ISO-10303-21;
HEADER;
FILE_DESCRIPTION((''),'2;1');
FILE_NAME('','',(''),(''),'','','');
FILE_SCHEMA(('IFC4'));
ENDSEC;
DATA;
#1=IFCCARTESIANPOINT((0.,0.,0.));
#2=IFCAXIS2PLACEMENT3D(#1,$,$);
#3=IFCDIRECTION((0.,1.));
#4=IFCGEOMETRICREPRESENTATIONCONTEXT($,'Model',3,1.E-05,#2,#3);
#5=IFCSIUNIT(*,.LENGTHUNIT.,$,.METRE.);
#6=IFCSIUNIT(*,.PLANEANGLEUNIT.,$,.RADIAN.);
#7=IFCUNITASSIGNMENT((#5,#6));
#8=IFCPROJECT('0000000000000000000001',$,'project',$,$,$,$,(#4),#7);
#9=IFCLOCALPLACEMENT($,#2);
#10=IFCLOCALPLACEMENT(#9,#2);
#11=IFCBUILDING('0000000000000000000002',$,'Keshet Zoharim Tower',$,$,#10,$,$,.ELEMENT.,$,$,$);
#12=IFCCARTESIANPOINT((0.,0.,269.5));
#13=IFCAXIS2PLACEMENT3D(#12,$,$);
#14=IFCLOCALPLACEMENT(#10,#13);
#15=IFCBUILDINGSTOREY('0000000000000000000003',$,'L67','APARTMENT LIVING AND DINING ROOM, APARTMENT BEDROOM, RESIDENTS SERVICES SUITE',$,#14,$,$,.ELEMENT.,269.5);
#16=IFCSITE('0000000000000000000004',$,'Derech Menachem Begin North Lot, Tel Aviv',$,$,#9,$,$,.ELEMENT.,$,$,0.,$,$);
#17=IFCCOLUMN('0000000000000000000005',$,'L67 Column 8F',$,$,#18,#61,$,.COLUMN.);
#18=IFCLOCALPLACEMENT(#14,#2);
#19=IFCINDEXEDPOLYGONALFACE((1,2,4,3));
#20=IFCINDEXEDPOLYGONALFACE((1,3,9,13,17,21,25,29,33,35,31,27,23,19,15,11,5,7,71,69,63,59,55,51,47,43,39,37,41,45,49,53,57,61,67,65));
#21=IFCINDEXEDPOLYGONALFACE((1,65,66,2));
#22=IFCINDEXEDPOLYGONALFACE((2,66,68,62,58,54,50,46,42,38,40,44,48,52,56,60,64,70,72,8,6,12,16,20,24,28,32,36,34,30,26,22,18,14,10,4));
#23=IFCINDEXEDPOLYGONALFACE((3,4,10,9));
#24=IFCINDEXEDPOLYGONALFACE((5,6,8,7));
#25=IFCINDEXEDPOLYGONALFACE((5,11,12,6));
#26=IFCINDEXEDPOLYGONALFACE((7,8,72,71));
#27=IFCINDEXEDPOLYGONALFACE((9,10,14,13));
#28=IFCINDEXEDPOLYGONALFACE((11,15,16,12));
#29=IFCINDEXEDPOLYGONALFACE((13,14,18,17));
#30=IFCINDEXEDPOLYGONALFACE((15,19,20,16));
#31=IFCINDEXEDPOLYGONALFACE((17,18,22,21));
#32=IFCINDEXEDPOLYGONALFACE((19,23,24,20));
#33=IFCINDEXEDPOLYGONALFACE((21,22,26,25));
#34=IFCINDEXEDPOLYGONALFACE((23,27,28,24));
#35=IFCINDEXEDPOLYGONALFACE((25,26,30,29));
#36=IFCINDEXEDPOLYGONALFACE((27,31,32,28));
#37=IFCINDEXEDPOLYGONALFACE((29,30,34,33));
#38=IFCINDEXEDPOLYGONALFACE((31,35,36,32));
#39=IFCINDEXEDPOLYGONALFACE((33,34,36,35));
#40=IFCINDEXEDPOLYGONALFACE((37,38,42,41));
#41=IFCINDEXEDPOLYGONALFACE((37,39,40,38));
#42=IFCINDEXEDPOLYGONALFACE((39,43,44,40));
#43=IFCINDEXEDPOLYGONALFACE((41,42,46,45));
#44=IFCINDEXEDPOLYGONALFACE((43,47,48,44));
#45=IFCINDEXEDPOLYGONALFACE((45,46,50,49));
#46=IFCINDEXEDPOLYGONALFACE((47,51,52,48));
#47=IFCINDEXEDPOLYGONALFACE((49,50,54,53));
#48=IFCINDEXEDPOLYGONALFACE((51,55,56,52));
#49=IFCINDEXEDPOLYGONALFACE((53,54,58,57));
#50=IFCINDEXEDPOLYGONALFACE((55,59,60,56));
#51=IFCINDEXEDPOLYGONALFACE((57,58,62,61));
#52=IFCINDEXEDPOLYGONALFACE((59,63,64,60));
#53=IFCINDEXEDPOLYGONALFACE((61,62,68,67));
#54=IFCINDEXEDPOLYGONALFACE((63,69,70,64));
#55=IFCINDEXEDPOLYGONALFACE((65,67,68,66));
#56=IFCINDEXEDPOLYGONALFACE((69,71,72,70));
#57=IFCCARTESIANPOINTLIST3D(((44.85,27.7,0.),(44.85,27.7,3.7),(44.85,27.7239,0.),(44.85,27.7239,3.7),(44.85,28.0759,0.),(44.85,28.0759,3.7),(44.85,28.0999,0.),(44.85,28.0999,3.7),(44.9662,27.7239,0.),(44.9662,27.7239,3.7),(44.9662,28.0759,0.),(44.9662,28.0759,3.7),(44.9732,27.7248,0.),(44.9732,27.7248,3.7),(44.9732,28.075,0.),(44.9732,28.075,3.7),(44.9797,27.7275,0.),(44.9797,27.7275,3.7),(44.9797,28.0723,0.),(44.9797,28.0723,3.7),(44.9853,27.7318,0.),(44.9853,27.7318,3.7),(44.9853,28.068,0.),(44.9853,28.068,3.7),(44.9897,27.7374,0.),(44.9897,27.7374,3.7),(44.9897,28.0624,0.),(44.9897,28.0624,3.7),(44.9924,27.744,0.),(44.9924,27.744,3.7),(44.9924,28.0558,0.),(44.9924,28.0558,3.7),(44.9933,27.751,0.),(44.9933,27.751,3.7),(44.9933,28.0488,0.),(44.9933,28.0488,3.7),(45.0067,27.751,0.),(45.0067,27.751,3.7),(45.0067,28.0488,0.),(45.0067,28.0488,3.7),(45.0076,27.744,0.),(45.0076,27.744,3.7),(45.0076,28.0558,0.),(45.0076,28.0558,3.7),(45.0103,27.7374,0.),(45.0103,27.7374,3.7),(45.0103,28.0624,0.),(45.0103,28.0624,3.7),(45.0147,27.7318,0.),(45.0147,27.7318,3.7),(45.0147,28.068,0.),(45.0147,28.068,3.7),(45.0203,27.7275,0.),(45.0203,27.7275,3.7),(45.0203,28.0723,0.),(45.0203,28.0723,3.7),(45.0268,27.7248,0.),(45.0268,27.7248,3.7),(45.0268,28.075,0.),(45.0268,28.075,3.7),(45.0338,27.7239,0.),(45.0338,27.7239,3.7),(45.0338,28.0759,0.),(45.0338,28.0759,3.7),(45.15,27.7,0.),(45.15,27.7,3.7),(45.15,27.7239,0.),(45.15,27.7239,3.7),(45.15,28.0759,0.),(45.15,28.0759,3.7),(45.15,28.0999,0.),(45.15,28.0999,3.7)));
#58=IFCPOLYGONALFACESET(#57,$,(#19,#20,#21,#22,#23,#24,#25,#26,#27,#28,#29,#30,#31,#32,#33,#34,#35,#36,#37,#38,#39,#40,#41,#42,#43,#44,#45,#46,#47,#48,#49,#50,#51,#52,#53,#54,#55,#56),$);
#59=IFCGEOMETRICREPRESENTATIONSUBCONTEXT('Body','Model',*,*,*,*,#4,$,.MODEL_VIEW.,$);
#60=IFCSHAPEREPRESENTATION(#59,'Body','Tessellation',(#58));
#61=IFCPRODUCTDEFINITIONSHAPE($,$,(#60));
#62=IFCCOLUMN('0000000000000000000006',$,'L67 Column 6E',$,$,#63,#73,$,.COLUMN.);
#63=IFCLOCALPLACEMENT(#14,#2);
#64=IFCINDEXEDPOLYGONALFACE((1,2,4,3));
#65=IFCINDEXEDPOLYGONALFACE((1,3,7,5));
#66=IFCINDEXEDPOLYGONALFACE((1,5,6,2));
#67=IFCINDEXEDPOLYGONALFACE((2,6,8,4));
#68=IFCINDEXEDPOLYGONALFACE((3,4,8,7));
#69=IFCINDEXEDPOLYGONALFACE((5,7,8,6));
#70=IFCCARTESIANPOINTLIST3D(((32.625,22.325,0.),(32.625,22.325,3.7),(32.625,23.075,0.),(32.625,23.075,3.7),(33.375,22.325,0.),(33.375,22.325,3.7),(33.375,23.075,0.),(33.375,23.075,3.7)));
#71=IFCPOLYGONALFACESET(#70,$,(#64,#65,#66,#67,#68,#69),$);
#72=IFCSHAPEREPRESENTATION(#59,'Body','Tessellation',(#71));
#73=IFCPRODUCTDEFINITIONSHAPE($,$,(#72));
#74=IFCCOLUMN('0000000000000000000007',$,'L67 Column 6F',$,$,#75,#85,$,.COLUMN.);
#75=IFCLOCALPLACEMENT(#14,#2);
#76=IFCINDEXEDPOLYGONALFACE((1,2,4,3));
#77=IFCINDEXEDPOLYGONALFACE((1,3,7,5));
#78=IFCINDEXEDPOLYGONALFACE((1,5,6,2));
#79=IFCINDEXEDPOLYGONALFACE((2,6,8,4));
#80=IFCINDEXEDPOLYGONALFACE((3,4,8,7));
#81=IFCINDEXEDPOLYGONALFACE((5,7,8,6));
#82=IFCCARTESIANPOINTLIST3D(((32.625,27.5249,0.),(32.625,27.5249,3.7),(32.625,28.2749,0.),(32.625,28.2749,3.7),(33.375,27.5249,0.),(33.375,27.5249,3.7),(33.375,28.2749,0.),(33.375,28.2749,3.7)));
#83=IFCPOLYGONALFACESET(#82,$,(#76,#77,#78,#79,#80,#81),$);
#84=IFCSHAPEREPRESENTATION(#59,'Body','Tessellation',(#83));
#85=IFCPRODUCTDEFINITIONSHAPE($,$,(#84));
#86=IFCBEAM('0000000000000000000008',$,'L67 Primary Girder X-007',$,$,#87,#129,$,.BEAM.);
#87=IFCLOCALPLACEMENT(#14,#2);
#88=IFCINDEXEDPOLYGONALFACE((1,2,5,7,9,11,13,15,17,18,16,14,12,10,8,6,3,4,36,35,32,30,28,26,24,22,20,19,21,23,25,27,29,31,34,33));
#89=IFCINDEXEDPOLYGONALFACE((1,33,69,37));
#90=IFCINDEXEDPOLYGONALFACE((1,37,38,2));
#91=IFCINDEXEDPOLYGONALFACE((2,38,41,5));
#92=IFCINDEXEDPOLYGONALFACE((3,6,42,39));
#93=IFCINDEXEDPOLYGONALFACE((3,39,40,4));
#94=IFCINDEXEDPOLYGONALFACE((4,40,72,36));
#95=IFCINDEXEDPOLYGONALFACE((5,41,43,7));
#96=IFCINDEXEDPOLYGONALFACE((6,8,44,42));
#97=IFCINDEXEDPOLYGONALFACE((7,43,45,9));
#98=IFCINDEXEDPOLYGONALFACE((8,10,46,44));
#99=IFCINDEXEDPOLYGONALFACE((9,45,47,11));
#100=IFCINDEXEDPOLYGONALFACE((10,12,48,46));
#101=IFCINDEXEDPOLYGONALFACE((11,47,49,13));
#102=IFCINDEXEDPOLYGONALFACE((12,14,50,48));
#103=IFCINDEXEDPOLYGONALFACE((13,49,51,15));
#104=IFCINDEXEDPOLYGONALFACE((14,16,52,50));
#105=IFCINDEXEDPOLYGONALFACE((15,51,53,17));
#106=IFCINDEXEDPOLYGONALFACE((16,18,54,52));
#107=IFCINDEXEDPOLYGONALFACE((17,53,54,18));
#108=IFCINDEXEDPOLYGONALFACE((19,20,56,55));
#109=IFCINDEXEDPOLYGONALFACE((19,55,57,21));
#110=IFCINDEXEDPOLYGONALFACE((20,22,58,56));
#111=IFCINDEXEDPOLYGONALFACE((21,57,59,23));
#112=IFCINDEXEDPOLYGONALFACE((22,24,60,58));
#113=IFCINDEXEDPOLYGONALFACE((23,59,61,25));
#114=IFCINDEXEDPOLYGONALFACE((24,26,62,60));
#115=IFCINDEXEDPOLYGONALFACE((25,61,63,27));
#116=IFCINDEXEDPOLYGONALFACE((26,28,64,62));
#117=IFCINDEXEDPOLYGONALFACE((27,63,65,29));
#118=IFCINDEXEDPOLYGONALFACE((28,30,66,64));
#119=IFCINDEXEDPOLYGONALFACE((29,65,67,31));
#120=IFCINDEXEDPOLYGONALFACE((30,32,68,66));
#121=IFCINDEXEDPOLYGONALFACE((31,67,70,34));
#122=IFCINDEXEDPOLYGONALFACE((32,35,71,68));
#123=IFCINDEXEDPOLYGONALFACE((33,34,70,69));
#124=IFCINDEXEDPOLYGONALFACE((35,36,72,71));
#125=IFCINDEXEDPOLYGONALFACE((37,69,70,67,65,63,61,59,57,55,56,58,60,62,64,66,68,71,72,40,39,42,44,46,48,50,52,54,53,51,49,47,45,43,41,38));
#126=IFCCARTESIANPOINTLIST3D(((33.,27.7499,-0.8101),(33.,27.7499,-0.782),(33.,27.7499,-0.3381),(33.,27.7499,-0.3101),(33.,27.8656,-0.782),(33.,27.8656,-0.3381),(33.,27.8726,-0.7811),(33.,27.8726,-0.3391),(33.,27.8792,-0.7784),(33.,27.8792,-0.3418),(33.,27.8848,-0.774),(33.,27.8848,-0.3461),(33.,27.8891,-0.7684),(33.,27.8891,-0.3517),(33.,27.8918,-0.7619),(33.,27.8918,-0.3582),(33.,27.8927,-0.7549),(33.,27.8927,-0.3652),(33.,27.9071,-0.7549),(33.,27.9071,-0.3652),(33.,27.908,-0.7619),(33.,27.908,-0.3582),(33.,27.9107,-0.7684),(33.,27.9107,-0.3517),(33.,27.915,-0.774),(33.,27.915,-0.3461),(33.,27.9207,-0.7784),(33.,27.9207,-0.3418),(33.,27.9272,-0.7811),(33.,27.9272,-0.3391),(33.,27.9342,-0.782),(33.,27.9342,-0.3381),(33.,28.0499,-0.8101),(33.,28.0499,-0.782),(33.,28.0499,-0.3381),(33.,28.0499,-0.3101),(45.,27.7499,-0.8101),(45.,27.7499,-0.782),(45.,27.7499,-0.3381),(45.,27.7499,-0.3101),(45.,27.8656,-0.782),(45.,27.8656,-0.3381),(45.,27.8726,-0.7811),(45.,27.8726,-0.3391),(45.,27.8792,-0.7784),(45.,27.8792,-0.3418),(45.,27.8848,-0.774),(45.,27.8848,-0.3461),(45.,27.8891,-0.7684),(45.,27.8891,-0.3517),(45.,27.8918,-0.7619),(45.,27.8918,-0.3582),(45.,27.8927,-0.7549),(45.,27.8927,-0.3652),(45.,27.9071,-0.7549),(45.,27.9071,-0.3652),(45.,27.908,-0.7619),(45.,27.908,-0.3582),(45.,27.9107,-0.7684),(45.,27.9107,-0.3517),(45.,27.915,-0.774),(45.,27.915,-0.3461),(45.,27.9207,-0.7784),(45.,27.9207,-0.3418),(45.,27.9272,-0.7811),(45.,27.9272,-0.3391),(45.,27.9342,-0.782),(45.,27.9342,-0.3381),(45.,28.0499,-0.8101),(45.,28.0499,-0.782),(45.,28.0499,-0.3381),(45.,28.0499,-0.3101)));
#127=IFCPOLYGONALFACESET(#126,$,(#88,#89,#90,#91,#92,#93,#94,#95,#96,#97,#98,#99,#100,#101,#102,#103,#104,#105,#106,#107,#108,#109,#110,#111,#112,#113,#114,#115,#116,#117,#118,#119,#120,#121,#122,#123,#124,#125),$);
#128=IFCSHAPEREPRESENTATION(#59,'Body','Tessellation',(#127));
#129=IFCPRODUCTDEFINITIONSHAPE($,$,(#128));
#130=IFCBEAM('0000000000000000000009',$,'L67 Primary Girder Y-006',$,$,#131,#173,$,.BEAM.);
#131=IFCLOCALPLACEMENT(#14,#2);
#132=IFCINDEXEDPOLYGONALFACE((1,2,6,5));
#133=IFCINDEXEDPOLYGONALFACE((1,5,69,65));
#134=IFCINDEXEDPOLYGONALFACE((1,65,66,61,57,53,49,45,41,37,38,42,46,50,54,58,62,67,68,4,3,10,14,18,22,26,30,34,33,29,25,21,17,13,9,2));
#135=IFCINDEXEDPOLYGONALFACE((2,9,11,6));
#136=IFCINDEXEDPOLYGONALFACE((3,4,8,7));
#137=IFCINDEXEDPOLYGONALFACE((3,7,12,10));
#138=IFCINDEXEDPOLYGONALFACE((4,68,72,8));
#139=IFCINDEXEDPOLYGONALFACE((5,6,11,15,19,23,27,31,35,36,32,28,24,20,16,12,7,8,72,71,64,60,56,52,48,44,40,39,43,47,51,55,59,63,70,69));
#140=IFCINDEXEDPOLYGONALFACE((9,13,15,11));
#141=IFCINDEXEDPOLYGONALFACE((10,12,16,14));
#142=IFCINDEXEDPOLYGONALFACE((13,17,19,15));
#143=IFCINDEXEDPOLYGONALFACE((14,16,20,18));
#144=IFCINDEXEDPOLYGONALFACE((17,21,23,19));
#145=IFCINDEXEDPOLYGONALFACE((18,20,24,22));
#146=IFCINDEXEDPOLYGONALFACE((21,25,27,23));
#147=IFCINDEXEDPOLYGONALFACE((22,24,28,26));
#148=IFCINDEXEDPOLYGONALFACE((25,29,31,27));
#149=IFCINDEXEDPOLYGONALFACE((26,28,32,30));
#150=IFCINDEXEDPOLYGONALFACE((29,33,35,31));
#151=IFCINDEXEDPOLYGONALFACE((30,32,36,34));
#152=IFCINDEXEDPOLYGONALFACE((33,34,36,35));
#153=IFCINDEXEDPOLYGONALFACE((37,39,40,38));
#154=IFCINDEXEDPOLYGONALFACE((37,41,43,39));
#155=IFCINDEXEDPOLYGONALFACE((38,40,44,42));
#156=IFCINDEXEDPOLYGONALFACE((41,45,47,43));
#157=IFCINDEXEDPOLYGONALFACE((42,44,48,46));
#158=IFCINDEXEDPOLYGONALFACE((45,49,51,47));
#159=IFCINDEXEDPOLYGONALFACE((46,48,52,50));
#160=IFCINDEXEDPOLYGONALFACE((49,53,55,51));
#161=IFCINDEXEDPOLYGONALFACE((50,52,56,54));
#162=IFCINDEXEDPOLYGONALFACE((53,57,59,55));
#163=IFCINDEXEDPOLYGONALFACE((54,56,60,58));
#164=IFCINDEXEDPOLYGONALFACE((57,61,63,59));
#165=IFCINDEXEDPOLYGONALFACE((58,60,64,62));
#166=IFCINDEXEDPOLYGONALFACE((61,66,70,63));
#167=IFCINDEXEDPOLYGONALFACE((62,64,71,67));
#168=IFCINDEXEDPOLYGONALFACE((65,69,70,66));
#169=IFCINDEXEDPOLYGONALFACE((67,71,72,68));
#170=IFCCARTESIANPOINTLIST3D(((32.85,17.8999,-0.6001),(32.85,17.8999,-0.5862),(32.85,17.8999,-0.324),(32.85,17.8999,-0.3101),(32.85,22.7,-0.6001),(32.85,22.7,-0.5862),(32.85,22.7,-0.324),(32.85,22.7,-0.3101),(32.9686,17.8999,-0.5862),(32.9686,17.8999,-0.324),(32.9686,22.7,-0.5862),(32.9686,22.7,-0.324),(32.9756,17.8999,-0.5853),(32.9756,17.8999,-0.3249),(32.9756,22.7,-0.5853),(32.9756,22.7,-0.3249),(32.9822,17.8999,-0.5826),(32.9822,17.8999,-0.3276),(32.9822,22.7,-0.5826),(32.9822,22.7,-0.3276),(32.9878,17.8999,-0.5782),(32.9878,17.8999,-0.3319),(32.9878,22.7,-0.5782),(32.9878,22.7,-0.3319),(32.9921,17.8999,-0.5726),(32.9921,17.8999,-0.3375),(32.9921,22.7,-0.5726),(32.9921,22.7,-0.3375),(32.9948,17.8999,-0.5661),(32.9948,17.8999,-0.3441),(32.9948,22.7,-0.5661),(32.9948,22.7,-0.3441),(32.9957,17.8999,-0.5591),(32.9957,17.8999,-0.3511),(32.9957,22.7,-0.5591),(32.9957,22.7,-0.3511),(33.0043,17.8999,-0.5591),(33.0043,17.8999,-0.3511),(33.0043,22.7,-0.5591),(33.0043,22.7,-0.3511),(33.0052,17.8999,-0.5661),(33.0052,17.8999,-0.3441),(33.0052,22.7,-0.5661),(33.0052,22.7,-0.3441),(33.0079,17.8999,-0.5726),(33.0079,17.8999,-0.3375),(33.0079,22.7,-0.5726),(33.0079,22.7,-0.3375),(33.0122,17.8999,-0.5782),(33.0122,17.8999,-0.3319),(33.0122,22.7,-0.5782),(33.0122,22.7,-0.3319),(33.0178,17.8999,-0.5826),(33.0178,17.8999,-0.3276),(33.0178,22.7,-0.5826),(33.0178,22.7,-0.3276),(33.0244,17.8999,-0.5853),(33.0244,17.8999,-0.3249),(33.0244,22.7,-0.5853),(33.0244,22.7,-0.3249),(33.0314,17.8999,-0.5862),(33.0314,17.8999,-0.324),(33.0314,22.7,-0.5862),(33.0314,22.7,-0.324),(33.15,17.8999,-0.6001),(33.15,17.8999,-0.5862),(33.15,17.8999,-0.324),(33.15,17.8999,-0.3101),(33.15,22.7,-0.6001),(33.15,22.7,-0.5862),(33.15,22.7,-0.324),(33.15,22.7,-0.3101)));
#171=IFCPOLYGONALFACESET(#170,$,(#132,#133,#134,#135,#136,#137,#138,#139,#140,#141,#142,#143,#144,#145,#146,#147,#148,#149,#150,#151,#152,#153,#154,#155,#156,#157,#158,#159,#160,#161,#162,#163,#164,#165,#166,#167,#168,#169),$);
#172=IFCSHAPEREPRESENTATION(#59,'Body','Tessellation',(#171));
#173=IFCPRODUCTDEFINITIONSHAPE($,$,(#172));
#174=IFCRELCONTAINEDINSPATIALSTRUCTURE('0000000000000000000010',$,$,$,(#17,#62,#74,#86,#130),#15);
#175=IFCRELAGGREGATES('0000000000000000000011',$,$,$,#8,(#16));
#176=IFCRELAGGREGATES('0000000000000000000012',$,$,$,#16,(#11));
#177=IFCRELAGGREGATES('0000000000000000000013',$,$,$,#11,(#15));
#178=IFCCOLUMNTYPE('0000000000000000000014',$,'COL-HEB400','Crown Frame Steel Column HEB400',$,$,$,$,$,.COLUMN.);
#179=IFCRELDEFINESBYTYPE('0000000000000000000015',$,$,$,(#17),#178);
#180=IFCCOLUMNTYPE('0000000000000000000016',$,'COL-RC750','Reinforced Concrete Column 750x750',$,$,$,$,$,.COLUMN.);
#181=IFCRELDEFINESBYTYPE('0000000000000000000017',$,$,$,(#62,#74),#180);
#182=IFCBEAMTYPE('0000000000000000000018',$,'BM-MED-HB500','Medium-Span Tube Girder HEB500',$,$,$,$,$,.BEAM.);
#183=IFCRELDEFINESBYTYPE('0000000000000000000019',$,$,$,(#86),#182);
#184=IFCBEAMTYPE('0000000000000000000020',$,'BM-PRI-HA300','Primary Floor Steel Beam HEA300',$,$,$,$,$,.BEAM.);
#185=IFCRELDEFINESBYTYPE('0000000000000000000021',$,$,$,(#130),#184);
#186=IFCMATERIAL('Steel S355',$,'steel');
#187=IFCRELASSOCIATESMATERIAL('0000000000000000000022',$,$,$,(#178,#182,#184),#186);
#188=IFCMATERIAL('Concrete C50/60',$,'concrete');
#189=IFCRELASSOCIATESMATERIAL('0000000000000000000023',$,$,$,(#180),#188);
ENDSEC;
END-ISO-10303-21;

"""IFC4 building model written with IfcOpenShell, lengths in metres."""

from ifc_helpers import new_model, si_unit, direction, frame, origin, origin_2d, place, context, subcontext, project, spatial, rectangle, i_section, extrude, material, material_profile, profile_set, type_object, element, save


model = new_model("IFC4")

# Units and contexts
model_context = context("Model", 3, precision=1e-05, world=origin(), true_north=direction((0.0, 1.0)))
body_context = subcontext(model_context, "Body", "Model", "MODEL_VIEW")
ifc_project = project(units=[si_unit("LENGTHUNIT", "METRE"), si_unit("PLANEANGLEUNIT", "RADIAN")], contexts=[model_context])

# Site, building, storey
site_placement = place(None, origin())
site = spatial("IfcSite", under=ifc_project, at=site_placement, Name="Derech Menachem Begin North Lot, Tel Aviv", CompositionType="ELEMENT", RefElevation=0.0)
building_placement = place(site_placement, origin())
building = spatial("IfcBuilding", under=site, at=building_placement, Name="Keshet Zoharim Tower", CompositionType="ELEMENT")
storey_placement = place(building_placement, frame((0.0, 0.0, 269.5)))
storey = spatial("IfcBuildingStorey", under=building, at=storey_placement, Name="L67", Description="APARTMENT LIVING AND DINING ROOM, APARTMENT BEDROOM, RESIDENTS SERVICES SUITE", CompositionType="ELEMENT", Elevation=269.5)

# Columns
ifc_material_1 = material(Name="Steel S355", Category="steel")
ifc_material_profile_1 = material_profile(ifc_material_1, i_section(OverallWidth=0.3, OverallDepth=0.3999, WebThickness=0.0134, FlangeThickness=0.0239, FilletRadius=0.0271, at=origin_2d()), Name="HEB400")
ifc_profile_set_1 = profile_set([ifc_material_profile_1], Name="Steel S355")
column_type_1 = type_object("IfcColumnType", Name="COL-HEB400", Description="Crown Frame Steel Column HEB400", PredefinedType="COLUMN", material=ifc_profile_set_1)
column_placement = place(storey_placement, frame((45.0, 27.8999, 0.0), z_axis=(0.0, 0.0, 1.0), x_axis=(1.0, 0.0, 0.0)))
element("IfcColumn", 1, at=column_placement, inside=storey, type_object=column_type_1, Name="L67 Column 8F", PredefinedType="COLUMN", context=body_context, shape_type="SweptSolid", body=[
    extrude(i_section(OverallWidth=0.3, OverallDepth=0.3999, WebThickness=0.0134, FlangeThickness=0.0239, FilletRadius=0.0271, at=origin_2d()), origin(), (0.0, 0.0, 1.0), 3.7),
])
ifc_material_2 = material(Name="Concrete C50/60", Category="concrete")
ifc_material_profile_2 = material_profile(ifc_material_2, rectangle(XDim=0.75, YDim=0.75, at=origin_2d()), Name="RC750x750")
ifc_profile_set_2 = profile_set([ifc_material_profile_2], Name="Concrete C50/60")
column_type_2 = type_object("IfcColumnType", Name="COL-RC750", Description="Reinforced Concrete Column 750x750", PredefinedType="COLUMN", material=ifc_profile_set_2)
for number, where, z_axis, x_axis, name in (
    (2, (33.0, 22.7, 0.0), (0.0, 0.0, 1.0), (1.0, 0.0, 0.0), "L67 Column 6E"),
    (3, (33.0, 27.8999, 0.0), (0.0, 0.0, 1.0), (1.0, 0.0, 0.0), "L67 Column 6F"),
):
    element("IfcColumn", number, at=place(storey_placement, frame(where, z_axis=z_axis, x_axis=x_axis)), inside=storey, type_object=column_type_2, Name=name, PredefinedType="COLUMN", context=body_context, shape_type="SweptSolid", body=[
        extrude(rectangle(XDim=0.75, YDim=0.75, at=origin_2d()), origin(), (0.0, 0.0, 1.0), 3.7),
    ])

# Beams
ifc_material_profile_3 = material_profile(ifc_material_1, i_section(OverallWidth=0.3, OverallDepth=0.5, WebThickness=0.0144, FlangeThickness=0.0281, FilletRadius=0.0271, at=origin_2d()), Name="HEB500")
ifc_profile_set_3 = profile_set([ifc_material_profile_3], Name="Steel S355")
beam_type_1 = type_object("IfcBeamType", Name="BM-MED-HB500", Description="Medium-Span Tube Girder HEB500", PredefinedType="BEAM", material=ifc_profile_set_3)
beam_1_placement = place(storey_placement, frame((33.0, 27.8999, -0.5601), z_axis=(1.0, 0.0, 0.0), x_axis=(0.0, 1.0, 0.0)))
element("IfcBeam", 4, at=beam_1_placement, inside=storey, type_object=beam_type_1, Name="L67 Primary Girder X-007", PredefinedType="BEAM", context=body_context, shape_type="SweptSolid", body=[
    extrude(i_section(OverallWidth=0.3, OverallDepth=0.5, WebThickness=0.0144, FlangeThickness=0.0281, FilletRadius=0.0271, at=origin_2d()), origin(), (0.0, 0.0, 1.0), 12.0),
])
ifc_material_profile_4 = material_profile(ifc_material_1, i_section(OverallWidth=0.3, OverallDepth=0.29, WebThickness=0.0085, FlangeThickness=0.0139, FilletRadius=0.0271, at=origin_2d()), Name="HEA300")
ifc_profile_set_4 = profile_set([ifc_material_profile_4], Name="Steel S355")
beam_type_2 = type_object("IfcBeamType", Name="BM-PRI-HA300", Description="Primary Floor Steel Beam HEA300", PredefinedType="BEAM", material=ifc_profile_set_4)
beam_2_placement = place(storey_placement, frame((33.0, 17.8999, -0.4551), z_axis=(0.0, 1.0, 0.0), x_axis=(-1.0, 0.0, 0.0)))
element("IfcBeam", 5, at=beam_2_placement, inside=storey, type_object=beam_type_2, Name="L67 Primary Girder Y-006", PredefinedType="BEAM", context=body_context, shape_type="SweptSolid", body=[
    extrude(i_section(OverallWidth=0.3, OverallDepth=0.29, WebThickness=0.0085, FlangeThickness=0.0139, FilletRadius=0.0271, at=origin_2d()), origin(), (0.0, 0.0, 1.0), 4.8),
])

save(model, "model.ifc")
